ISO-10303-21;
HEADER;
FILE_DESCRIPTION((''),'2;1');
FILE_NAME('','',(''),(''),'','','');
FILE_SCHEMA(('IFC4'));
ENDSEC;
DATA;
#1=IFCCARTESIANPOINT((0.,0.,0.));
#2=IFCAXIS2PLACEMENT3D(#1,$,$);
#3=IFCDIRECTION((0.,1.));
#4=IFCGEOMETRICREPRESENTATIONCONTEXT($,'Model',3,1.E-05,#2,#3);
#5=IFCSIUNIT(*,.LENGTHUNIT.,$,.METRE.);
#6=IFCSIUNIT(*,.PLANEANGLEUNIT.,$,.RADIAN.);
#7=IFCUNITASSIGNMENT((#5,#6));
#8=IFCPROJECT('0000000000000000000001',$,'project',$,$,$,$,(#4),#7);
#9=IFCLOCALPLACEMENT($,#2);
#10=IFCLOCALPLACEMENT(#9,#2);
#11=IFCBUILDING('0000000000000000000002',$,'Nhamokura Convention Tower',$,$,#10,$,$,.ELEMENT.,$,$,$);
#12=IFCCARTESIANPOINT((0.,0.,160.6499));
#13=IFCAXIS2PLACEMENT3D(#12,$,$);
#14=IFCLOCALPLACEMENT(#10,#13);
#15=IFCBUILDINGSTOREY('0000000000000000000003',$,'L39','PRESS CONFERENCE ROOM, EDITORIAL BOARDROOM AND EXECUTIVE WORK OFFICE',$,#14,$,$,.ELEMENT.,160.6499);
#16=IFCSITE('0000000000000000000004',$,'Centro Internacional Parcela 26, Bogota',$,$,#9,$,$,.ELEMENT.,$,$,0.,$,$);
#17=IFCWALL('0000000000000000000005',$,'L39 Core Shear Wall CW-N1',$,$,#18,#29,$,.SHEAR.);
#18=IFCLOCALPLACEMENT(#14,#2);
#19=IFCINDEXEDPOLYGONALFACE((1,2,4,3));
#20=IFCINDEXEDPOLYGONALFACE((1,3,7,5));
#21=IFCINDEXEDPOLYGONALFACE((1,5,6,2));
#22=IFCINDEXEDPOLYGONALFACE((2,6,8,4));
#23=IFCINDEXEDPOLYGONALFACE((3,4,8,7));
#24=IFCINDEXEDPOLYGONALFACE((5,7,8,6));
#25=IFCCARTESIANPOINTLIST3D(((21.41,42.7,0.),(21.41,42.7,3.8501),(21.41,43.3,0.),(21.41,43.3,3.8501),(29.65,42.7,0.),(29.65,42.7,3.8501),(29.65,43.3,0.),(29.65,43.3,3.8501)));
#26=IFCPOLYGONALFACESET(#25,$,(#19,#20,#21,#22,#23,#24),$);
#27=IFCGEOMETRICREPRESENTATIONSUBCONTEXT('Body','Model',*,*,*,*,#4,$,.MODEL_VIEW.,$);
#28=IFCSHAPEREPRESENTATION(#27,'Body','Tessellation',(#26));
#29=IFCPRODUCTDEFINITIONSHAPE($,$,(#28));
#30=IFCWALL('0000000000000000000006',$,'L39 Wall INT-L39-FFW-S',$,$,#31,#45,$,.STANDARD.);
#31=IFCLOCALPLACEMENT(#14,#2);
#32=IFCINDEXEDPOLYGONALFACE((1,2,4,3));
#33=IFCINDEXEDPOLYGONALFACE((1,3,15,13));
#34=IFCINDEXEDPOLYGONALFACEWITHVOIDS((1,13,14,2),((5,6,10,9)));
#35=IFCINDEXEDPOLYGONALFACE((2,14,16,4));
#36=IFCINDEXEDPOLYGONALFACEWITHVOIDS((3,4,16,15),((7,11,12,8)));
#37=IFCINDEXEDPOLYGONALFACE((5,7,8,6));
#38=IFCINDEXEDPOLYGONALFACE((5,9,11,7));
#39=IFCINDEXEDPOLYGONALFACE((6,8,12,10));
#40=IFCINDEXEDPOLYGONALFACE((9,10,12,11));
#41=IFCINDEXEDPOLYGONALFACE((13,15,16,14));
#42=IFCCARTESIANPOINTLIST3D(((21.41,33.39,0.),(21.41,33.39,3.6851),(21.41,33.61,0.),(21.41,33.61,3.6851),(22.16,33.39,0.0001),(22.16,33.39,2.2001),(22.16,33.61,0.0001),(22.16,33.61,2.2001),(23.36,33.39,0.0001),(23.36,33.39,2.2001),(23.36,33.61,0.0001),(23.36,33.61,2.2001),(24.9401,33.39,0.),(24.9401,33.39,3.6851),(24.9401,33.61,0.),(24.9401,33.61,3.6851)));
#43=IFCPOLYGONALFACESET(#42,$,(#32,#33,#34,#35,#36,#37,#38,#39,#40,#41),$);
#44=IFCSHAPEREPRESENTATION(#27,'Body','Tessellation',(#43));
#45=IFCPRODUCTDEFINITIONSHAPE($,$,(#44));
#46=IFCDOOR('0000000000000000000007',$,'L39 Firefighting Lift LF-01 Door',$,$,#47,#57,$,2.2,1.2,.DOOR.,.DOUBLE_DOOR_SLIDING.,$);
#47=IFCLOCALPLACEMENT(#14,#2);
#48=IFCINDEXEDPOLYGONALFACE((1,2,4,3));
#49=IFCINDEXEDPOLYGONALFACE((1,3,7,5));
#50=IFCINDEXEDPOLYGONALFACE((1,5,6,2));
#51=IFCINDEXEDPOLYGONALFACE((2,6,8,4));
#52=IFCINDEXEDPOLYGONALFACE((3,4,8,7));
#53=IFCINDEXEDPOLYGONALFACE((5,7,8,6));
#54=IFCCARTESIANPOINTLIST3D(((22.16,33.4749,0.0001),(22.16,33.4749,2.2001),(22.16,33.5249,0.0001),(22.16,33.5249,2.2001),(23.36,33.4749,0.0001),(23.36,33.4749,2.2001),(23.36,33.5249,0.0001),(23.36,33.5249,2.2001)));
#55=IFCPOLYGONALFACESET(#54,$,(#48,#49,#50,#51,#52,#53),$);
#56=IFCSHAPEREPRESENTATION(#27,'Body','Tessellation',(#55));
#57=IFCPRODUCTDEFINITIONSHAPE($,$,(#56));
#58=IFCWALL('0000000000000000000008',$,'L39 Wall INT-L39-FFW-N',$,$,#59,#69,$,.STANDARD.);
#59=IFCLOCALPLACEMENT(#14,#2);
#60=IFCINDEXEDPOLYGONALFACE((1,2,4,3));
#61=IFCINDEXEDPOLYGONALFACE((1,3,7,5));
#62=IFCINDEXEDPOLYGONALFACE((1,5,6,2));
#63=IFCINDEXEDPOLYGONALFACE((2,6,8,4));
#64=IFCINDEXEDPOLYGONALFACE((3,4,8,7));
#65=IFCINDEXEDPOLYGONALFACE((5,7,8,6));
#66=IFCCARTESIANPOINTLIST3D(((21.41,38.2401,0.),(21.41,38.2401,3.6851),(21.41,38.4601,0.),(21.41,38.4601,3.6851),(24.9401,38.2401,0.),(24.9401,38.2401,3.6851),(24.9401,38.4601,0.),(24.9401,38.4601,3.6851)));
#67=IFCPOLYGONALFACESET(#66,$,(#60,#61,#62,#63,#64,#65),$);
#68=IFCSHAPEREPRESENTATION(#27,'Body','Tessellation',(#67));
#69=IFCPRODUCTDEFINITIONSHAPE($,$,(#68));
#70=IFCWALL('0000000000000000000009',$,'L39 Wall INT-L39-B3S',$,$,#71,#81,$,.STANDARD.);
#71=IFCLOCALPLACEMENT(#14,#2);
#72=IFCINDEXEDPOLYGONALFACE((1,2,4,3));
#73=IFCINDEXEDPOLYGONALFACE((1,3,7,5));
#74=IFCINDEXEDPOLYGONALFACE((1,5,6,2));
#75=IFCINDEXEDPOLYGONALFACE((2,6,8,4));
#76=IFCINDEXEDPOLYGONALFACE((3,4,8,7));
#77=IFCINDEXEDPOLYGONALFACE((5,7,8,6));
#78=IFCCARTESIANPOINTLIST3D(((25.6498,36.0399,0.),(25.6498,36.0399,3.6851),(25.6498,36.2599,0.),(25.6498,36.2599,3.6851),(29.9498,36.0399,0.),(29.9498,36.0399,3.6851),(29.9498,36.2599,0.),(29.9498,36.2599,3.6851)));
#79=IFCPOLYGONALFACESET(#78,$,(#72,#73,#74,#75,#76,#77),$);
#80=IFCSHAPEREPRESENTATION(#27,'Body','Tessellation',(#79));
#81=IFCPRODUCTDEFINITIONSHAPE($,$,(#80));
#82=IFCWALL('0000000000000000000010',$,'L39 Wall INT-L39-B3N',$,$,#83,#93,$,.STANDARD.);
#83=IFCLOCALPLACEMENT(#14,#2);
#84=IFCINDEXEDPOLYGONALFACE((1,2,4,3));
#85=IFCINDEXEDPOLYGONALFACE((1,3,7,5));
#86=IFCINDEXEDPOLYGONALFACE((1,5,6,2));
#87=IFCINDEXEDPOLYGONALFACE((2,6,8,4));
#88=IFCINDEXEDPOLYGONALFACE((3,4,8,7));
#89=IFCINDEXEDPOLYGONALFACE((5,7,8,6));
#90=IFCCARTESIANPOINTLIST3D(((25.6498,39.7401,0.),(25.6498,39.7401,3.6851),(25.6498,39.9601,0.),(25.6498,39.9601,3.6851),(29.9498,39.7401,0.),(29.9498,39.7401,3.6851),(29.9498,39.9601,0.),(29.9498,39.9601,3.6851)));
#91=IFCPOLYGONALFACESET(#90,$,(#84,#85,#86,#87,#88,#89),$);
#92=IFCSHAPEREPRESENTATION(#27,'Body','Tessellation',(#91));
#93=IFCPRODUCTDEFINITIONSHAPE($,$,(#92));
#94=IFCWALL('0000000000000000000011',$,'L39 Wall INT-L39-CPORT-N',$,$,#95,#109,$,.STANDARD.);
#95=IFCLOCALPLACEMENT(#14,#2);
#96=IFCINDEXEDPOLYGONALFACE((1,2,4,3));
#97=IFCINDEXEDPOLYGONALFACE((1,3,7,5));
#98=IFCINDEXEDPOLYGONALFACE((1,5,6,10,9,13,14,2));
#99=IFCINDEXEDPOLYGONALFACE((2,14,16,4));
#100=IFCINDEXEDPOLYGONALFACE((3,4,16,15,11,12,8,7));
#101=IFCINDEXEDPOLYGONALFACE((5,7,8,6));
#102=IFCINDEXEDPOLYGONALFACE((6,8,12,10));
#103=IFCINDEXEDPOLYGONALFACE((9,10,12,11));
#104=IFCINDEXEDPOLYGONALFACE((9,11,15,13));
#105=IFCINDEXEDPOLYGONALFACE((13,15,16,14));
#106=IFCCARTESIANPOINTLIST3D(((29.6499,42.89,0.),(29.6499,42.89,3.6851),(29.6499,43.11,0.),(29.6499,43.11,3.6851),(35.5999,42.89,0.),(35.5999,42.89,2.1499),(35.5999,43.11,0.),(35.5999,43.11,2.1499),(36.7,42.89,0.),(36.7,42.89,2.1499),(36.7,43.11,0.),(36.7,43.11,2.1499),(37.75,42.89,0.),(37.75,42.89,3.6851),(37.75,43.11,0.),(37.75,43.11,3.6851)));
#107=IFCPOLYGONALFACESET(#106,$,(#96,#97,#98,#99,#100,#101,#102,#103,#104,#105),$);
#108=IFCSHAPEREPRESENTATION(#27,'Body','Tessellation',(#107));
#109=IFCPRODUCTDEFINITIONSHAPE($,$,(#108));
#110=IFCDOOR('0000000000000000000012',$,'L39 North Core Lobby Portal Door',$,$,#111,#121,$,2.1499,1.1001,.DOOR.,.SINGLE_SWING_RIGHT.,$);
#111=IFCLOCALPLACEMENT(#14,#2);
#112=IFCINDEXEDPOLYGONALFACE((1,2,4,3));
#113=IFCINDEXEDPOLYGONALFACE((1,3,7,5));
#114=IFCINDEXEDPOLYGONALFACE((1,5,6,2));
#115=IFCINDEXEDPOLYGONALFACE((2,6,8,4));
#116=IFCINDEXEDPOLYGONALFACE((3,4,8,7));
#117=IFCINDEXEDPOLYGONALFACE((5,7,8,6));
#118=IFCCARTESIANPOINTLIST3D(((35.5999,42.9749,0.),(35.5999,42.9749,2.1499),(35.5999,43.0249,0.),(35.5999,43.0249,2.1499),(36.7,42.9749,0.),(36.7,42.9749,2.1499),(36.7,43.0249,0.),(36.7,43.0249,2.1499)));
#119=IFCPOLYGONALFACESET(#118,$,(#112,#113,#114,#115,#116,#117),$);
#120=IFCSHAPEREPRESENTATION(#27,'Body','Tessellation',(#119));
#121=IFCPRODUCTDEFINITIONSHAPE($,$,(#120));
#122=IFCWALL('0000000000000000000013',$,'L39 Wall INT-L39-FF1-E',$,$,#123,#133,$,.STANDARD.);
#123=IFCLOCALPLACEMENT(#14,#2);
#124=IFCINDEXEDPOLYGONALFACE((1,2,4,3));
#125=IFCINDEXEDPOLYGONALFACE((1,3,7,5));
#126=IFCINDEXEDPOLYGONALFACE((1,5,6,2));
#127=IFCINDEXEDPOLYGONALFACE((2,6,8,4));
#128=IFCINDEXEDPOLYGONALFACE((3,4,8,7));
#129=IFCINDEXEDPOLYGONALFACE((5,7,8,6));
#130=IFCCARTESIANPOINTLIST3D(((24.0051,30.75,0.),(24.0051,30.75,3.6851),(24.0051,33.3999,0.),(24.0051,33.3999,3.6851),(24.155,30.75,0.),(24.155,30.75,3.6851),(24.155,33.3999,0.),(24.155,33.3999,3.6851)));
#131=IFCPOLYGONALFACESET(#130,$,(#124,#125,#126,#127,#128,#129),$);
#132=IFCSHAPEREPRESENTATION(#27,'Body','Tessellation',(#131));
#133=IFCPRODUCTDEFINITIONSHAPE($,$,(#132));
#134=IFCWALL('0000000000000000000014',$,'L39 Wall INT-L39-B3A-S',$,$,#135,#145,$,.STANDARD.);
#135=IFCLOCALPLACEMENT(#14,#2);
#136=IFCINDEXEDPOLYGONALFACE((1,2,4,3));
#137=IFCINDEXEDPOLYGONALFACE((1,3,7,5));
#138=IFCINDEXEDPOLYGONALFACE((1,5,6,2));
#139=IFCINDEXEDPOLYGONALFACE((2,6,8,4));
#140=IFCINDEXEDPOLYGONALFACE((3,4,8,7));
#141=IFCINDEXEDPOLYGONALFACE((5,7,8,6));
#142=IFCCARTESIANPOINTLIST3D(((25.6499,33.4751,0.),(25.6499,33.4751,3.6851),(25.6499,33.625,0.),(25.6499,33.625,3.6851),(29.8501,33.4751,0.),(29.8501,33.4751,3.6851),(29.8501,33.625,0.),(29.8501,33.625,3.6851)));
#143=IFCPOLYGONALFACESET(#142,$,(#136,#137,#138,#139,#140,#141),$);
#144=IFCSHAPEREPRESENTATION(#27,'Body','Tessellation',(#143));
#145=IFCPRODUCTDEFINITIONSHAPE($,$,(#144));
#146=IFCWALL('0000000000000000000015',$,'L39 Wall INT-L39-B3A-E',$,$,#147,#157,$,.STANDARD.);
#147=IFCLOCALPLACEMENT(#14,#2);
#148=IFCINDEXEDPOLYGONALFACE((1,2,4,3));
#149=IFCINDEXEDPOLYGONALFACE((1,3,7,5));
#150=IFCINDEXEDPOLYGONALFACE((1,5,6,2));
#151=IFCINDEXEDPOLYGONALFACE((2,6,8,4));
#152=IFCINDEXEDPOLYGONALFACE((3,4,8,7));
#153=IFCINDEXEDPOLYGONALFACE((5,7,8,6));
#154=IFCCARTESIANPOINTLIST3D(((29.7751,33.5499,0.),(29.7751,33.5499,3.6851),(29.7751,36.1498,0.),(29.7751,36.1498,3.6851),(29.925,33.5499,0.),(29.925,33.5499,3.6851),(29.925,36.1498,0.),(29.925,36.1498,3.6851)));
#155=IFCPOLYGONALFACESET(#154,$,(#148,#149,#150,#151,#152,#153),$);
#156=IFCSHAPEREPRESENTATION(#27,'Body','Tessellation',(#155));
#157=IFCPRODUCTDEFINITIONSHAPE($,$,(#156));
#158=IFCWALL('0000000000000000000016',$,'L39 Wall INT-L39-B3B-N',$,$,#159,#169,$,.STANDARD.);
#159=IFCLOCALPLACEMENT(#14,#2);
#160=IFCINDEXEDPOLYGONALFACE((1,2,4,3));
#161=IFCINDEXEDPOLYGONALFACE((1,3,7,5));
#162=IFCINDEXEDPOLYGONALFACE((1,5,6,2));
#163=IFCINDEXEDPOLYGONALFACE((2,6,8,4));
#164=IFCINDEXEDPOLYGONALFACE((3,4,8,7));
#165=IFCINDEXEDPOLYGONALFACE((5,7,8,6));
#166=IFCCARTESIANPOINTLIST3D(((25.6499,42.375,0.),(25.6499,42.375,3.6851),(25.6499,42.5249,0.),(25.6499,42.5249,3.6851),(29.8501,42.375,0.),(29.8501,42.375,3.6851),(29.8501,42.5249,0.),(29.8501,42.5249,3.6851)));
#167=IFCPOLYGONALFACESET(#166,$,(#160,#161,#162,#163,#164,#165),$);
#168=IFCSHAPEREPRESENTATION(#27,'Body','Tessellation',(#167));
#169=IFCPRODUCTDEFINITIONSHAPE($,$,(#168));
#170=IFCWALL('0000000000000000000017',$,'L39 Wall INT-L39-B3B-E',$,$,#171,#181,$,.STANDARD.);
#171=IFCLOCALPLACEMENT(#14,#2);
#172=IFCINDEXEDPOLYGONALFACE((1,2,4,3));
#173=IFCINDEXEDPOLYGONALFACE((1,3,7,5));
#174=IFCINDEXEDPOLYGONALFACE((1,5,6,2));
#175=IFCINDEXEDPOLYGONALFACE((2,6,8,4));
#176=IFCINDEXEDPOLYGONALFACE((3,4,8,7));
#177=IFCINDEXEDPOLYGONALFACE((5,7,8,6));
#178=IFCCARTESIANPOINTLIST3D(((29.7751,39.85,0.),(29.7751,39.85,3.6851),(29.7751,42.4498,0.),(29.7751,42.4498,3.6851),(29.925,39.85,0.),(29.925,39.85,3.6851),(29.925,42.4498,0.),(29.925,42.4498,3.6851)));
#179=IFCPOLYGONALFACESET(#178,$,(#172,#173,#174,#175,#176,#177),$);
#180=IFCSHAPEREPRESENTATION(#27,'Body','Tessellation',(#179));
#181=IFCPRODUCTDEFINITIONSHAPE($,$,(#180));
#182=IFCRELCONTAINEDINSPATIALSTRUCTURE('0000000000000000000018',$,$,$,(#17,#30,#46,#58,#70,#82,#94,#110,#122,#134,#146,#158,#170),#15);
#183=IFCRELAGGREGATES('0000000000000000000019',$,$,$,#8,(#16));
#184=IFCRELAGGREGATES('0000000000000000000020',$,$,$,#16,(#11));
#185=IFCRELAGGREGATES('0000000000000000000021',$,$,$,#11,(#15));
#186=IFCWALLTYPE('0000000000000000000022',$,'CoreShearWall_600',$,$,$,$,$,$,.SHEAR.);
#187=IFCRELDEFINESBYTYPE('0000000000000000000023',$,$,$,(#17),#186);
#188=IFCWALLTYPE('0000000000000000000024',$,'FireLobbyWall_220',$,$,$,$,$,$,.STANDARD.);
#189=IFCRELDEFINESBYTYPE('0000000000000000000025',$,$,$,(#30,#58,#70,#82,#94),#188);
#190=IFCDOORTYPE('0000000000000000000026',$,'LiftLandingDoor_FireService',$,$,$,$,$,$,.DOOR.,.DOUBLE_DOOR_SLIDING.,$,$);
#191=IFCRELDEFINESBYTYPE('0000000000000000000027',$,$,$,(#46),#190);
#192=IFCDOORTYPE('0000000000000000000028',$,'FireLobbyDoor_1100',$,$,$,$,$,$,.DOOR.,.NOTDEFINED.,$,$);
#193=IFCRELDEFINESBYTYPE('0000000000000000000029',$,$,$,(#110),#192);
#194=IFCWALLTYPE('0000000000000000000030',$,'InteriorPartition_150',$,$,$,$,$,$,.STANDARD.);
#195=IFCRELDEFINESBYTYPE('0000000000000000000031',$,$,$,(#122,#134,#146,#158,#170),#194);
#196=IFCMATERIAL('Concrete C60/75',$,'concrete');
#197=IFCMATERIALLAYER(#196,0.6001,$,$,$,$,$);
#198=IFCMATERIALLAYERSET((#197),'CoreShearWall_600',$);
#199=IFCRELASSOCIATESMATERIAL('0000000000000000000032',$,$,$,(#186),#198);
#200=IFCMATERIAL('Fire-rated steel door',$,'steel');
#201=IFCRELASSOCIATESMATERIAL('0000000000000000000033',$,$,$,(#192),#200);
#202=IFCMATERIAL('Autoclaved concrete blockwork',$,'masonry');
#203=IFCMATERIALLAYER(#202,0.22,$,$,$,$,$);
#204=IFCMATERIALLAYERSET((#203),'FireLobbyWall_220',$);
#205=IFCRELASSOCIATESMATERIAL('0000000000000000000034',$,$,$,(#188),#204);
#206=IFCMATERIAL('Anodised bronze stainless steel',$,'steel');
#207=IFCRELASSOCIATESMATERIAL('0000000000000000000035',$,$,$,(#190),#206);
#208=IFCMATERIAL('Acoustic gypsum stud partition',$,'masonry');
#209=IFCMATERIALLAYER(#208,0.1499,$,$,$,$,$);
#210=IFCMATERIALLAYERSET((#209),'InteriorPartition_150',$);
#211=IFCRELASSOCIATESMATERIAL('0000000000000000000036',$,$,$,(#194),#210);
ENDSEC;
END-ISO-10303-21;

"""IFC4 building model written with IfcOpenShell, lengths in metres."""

from ifc_helpers import new_model, si_unit, direction, frame, frame_2d, origin, place, context, subcontext, project, spatial, rectangle, extrude, material, layer, layer_set, type_object, element, fill, save


model = new_model("IFC4")

# Units and contexts
model_context = context("Model", 3, precision=1e-05, world=origin(), true_north=direction((0.0, 1.0)))
body_context = subcontext(model_context, "Body", "Model", "MODEL_VIEW")
ifc_project = project(units=[si_unit("LENGTHUNIT", "METRE"), si_unit("PLANEANGLEUNIT", "RADIAN")], contexts=[model_context])

# Site, building, storey
site_placement = place(None, origin())
site = spatial("IfcSite", under=ifc_project, at=site_placement, Name="Centro Internacional Parcela 26, Bogota", CompositionType="ELEMENT", RefElevation=0.0)
building_placement = place(site_placement, origin())
building = spatial("IfcBuilding", under=site, at=building_placement, Name="Nhamokura Convention Tower", CompositionType="ELEMENT")
storey_placement = place(building_placement, frame((0.0, 0.0, 160.6499)))
storey = spatial("IfcBuildingStorey", under=building, at=storey_placement, Name="L39", Description="PRESS CONFERENCE ROOM, EDITORIAL BOARDROOM AND EXECUTIVE WORK OFFICE", CompositionType="ELEMENT", Elevation=160.6499)

# Wall
ifc_material_1 = material(Name="Concrete C60/75", Category="concrete")
ifc_layer_1 = layer(ifc_material_1, 0.6001)
ifc_layer_set_1 = layer_set([ifc_layer_1], Name="CoreShearWall_600")
wall_type_1 = type_object("IfcWallType", Name="CoreShearWall_600", PredefinedType="SHEAR", material=ifc_layer_set_1)
wall_1_placement = place(storey_placement, frame((21.4099, 43.0, 0.0), z_axis=(0.0, 0.0, 1.0), x_axis=(1.0, 0.0, 0.0)))
element("IfcWall", 1, at=wall_1_placement, inside=storey, type_object=wall_type_1, Name="L39 Core Shear Wall CW-N1", PredefinedType="SHEAR", context=body_context, shape_type="SweptSolid", body=[
    extrude(rectangle(XDim=8.24, YDim=0.6001, at=frame_2d((4.1201, 0.0))), origin(), (0.0, 0.0, 1.0), 3.8501),
])

# Wall, opening, door
ifc_material_2 = material(Name="Fire-rated steel door", Category="steel")
door_type_1 = type_object("IfcDoorType", Name="FireLobbyDoor_1100", OperationType="NOTDEFINED", PredefinedType="DOOR", material=ifc_material_2)
ifc_material_3 = material(Name="Autoclaved concrete blockwork", Category="masonry")
ifc_layer_2 = layer(ifc_material_3, 0.22)
ifc_layer_set_2 = layer_set([ifc_layer_2], Name="FireLobbyWall_220")
wall_type_2 = type_object("IfcWallType", Name="FireLobbyWall_220", PredefinedType="STANDARD", material=ifc_layer_set_2)
wall_2_placement = place(storey_placement, frame((21.4099, 33.5, 0.0), z_axis=(0.0, 0.0, 1.0), x_axis=(1.0, 0.0, 0.0)))
wall_2 = element("IfcWall", 2, at=wall_2_placement, inside=storey, type_object=wall_type_2, Name="L39 Wall INT-L39-FFW-S", PredefinedType="STANDARD", context=body_context, shape_type="SweptSolid", body=[
    extrude(rectangle(XDim=3.53, YDim=0.22, at=frame_2d((1.7651, 0.0))), origin(), (0.0, 0.0, 1.0), 3.6851),
])
opening_1_placement = place(wall_2_placement, frame((0.75, 0.0, 0.0)))
opening_1 = element("IfcOpeningElement", 3, at=opening_1_placement, cuts=wall_2, PredefinedType="OPENING", context=body_context, shape_type="SweptSolid", body=[
    extrude(rectangle(XDim=1.2, YDim=2.2, at=frame_2d((0.6001, 1.1001))), frame((0.0, 0.1199, 0.0), z_axis=(0.0, -1.0, 0.0), x_axis=(1.0, 0.0, 0.0)), (0.0, 0.0, 1.0), 0.24),
])
ifc_material_4 = material(Name="Anodised bronze stainless steel", Category="steel")
door_type_2 = type_object("IfcDoorType", Name="LiftLandingDoor_FireService", OperationType="DOUBLE_DOOR_SLIDING", PredefinedType="DOOR", material=ifc_material_4)
door_1_placement = place(opening_1_placement, origin())
door_1 = element("IfcDoor", 4, at=door_1_placement, inside=storey, type_object=door_type_2, Name="L39 Firefighting Lift LF-01 Door", OperationType="DOUBLE_DOOR_SLIDING", OverallHeight=2.2, OverallWidth=1.2, PredefinedType="DOOR", context=body_context, shape_type="SweptSolid", body=[
    extrude(rectangle(XDim=1.2, YDim=2.2, at=frame_2d((0.6001, 1.1001))), frame((0.0, 0.0249, 0.0), z_axis=(0.0, -1.0, 0.0), x_axis=(1.0, 0.0, 0.0)), (0.0, 0.0, 1.0), 0.05),
])
fill(opening_1, door_1)

# Walls
wall_3_placement = place(storey_placement, frame((21.4099, 38.3501, 0.0), z_axis=(0.0, 0.0, 1.0), x_axis=(1.0, 0.0, 0.0)))
element("IfcWall", 5, at=wall_3_placement, inside=storey, type_object=wall_type_2, Name="L39 Wall INT-L39-FFW-N", PredefinedType="STANDARD", context=body_context, shape_type="SweptSolid", body=[
    extrude(rectangle(XDim=3.53, YDim=0.22, at=frame_2d((1.7651, 0.0))), origin(), (0.0, 0.0, 1.0), 3.6851),
])
for number, where, z_axis, x_axis, name in (
    (6, (25.6499, 36.1499, 0.0), (0.0, 0.0, 1.0), (1.0, 0.0, 0.0), "L39 Wall INT-L39-B3S"),
    (7, (25.6499, 39.8501, 0.0), (0.0, 0.0, 1.0), (1.0, 0.0, 0.0), "L39 Wall INT-L39-B3N"),
):
    element("IfcWall", number, at=place(storey_placement, frame(where, z_axis=z_axis, x_axis=x_axis)), inside=storey, type_object=wall_type_2, Name=name, PredefinedType="STANDARD", context=body_context, shape_type="SweptSolid", body=[
        extrude(rectangle(XDim=4.3, YDim=0.22, at=frame_2d((2.1499, 0.0))), origin(), (0.0, 0.0, 1.0), 3.6851),
    ])

# Wall, opening, door
wall_4_placement = place(storey_placement, frame((29.6499, 43.0, 0.0), z_axis=(0.0, 0.0, 1.0), x_axis=(1.0, 0.0, 0.0)))
wall_4 = element("IfcWall", 8, at=wall_4_placement, inside=storey, type_object=wall_type_2, Name="L39 Wall INT-L39-CPORT-N", PredefinedType="STANDARD", context=body_context, shape_type="SweptSolid", body=[
    extrude(rectangle(XDim=8.1001, YDim=0.22, at=frame_2d((4.05, 0.0))), origin(), (0.0, 0.0, 1.0), 3.6851),
])
opening_2_placement = place(wall_4_placement, frame((5.95, 0.0, 0.0)))
opening_2 = element("IfcOpeningElement", 9, at=opening_2_placement, cuts=wall_4, PredefinedType="OPENING", context=body_context, shape_type="SweptSolid", body=[
    extrude(rectangle(XDim=1.1001, YDim=2.1499, at=frame_2d((0.55, 1.075))), frame((0.0, 0.1199, 0.0), z_axis=(0.0, -1.0, 0.0), x_axis=(1.0, 0.0, 0.0)), (0.0, 0.0, 1.0), 0.24),
])
door_2_placement = place(opening_2_placement, origin())
door_2 = element("IfcDoor", 10, at=door_2_placement, inside=storey, type_object=door_type_1, Name="L39 North Core Lobby Portal Door", OperationType="SINGLE_SWING_RIGHT", OverallHeight=2.1499, OverallWidth=1.1001, PredefinedType="DOOR", context=body_context, shape_type="SweptSolid", body=[
    extrude(rectangle(XDim=1.1001, YDim=2.1499, at=frame_2d((0.55, 1.075))), frame((0.0, 0.0249, 0.0), z_axis=(0.0, -1.0, 0.0), x_axis=(1.0, 0.0, 0.0)), (0.0, 0.0, 1.0), 0.05),
])
fill(opening_2, door_2)

# Walls
ifc_material_5 = material(Name="Acoustic gypsum stud partition", Category="masonry")
ifc_layer_3 = layer(ifc_material_5, 0.1499)
ifc_layer_set_3 = layer_set([ifc_layer_3], Name="InteriorPartition_150")
wall_type_3 = type_object("IfcWallType", Name="InteriorPartition_150", PredefinedType="STANDARD", material=ifc_layer_set_3)
wall_5_placement = place(storey_placement, frame((24.0801, 30.75, 0.0), z_axis=(0.0, 0.0, 1.0), x_axis=(0.0, 1.0, 0.0)))
element("IfcWall", 11, at=wall_5_placement, inside=storey, type_object=wall_type_3, Name="L39 Wall INT-L39-FF1-E", PredefinedType="STANDARD", context=body_context, shape_type="SweptSolid", body=[
    extrude(rectangle(XDim=2.6499, YDim=0.1499, at=frame_2d((1.325, 0.0))), origin(), (0.0, 0.0, 1.0), 3.6851),
])
wall_6_placement = place(storey_placement, frame((25.6499, 33.55, 0.0), z_axis=(0.0, 0.0, 1.0), x_axis=(1.0, 0.0, 0.0)))
element("IfcWall", 12, at=wall_6_placement, inside=storey, type_object=wall_type_3, Name="L39 Wall INT-L39-B3A-S", PredefinedType="STANDARD", context=body_context, shape_type="SweptSolid", body=[
    extrude(rectangle(XDim=4.2002, YDim=0.1499, at=frame_2d((2.1001, 0.0))), origin(), (0.0, 0.0, 1.0), 3.6851),
])
wall_7_placement = place(storey_placement, frame((29.8501, 33.55, 0.0), z_axis=(0.0, 0.0, 1.0), x_axis=(0.0, 1.0, 0.0)))
element("IfcWall", 13, at=wall_7_placement, inside=storey, type_object=wall_type_3, Name="L39 Wall INT-L39-B3A-E", PredefinedType="STANDARD", context=body_context, shape_type="SweptSolid", body=[
    extrude(rectangle(XDim=2.5999, YDim=0.1499, at=frame_2d((1.2998, 0.0))), origin(), (0.0, 0.0, 1.0), 3.6851),
])
wall_8_placement = place(storey_placement, frame((25.6499, 42.45, 0.0), z_axis=(0.0, 0.0, 1.0), x_axis=(1.0, 0.0, 0.0)))
element("IfcWall", 14, at=wall_8_placement, inside=storey, type_object=wall_type_3, Name="L39 Wall INT-L39-B3B-N", PredefinedType="STANDARD", context=body_context, shape_type="SweptSolid", body=[
    extrude(rectangle(XDim=4.2002, YDim=0.1499, at=frame_2d((2.1001, 0.0))), origin(), (0.0, 0.0, 1.0), 3.6851),
])
wall_9_placement = place(storey_placement, frame((29.8501, 39.8501, 0.0), z_axis=(0.0, 0.0, 1.0), x_axis=(0.0, 1.0, 0.0)))
element("IfcWall", 15, at=wall_9_placement, inside=storey, type_object=wall_type_3, Name="L39 Wall INT-L39-B3B-E", PredefinedType="STANDARD", context=body_context, shape_type="SweptSolid", body=[
    extrude(rectangle(XDim=2.5999, YDim=0.1499, at=frame_2d((1.2998, 0.0))), origin(), (0.0, 0.0, 1.0), 3.6851),
])

save(model, "model.ifc")
